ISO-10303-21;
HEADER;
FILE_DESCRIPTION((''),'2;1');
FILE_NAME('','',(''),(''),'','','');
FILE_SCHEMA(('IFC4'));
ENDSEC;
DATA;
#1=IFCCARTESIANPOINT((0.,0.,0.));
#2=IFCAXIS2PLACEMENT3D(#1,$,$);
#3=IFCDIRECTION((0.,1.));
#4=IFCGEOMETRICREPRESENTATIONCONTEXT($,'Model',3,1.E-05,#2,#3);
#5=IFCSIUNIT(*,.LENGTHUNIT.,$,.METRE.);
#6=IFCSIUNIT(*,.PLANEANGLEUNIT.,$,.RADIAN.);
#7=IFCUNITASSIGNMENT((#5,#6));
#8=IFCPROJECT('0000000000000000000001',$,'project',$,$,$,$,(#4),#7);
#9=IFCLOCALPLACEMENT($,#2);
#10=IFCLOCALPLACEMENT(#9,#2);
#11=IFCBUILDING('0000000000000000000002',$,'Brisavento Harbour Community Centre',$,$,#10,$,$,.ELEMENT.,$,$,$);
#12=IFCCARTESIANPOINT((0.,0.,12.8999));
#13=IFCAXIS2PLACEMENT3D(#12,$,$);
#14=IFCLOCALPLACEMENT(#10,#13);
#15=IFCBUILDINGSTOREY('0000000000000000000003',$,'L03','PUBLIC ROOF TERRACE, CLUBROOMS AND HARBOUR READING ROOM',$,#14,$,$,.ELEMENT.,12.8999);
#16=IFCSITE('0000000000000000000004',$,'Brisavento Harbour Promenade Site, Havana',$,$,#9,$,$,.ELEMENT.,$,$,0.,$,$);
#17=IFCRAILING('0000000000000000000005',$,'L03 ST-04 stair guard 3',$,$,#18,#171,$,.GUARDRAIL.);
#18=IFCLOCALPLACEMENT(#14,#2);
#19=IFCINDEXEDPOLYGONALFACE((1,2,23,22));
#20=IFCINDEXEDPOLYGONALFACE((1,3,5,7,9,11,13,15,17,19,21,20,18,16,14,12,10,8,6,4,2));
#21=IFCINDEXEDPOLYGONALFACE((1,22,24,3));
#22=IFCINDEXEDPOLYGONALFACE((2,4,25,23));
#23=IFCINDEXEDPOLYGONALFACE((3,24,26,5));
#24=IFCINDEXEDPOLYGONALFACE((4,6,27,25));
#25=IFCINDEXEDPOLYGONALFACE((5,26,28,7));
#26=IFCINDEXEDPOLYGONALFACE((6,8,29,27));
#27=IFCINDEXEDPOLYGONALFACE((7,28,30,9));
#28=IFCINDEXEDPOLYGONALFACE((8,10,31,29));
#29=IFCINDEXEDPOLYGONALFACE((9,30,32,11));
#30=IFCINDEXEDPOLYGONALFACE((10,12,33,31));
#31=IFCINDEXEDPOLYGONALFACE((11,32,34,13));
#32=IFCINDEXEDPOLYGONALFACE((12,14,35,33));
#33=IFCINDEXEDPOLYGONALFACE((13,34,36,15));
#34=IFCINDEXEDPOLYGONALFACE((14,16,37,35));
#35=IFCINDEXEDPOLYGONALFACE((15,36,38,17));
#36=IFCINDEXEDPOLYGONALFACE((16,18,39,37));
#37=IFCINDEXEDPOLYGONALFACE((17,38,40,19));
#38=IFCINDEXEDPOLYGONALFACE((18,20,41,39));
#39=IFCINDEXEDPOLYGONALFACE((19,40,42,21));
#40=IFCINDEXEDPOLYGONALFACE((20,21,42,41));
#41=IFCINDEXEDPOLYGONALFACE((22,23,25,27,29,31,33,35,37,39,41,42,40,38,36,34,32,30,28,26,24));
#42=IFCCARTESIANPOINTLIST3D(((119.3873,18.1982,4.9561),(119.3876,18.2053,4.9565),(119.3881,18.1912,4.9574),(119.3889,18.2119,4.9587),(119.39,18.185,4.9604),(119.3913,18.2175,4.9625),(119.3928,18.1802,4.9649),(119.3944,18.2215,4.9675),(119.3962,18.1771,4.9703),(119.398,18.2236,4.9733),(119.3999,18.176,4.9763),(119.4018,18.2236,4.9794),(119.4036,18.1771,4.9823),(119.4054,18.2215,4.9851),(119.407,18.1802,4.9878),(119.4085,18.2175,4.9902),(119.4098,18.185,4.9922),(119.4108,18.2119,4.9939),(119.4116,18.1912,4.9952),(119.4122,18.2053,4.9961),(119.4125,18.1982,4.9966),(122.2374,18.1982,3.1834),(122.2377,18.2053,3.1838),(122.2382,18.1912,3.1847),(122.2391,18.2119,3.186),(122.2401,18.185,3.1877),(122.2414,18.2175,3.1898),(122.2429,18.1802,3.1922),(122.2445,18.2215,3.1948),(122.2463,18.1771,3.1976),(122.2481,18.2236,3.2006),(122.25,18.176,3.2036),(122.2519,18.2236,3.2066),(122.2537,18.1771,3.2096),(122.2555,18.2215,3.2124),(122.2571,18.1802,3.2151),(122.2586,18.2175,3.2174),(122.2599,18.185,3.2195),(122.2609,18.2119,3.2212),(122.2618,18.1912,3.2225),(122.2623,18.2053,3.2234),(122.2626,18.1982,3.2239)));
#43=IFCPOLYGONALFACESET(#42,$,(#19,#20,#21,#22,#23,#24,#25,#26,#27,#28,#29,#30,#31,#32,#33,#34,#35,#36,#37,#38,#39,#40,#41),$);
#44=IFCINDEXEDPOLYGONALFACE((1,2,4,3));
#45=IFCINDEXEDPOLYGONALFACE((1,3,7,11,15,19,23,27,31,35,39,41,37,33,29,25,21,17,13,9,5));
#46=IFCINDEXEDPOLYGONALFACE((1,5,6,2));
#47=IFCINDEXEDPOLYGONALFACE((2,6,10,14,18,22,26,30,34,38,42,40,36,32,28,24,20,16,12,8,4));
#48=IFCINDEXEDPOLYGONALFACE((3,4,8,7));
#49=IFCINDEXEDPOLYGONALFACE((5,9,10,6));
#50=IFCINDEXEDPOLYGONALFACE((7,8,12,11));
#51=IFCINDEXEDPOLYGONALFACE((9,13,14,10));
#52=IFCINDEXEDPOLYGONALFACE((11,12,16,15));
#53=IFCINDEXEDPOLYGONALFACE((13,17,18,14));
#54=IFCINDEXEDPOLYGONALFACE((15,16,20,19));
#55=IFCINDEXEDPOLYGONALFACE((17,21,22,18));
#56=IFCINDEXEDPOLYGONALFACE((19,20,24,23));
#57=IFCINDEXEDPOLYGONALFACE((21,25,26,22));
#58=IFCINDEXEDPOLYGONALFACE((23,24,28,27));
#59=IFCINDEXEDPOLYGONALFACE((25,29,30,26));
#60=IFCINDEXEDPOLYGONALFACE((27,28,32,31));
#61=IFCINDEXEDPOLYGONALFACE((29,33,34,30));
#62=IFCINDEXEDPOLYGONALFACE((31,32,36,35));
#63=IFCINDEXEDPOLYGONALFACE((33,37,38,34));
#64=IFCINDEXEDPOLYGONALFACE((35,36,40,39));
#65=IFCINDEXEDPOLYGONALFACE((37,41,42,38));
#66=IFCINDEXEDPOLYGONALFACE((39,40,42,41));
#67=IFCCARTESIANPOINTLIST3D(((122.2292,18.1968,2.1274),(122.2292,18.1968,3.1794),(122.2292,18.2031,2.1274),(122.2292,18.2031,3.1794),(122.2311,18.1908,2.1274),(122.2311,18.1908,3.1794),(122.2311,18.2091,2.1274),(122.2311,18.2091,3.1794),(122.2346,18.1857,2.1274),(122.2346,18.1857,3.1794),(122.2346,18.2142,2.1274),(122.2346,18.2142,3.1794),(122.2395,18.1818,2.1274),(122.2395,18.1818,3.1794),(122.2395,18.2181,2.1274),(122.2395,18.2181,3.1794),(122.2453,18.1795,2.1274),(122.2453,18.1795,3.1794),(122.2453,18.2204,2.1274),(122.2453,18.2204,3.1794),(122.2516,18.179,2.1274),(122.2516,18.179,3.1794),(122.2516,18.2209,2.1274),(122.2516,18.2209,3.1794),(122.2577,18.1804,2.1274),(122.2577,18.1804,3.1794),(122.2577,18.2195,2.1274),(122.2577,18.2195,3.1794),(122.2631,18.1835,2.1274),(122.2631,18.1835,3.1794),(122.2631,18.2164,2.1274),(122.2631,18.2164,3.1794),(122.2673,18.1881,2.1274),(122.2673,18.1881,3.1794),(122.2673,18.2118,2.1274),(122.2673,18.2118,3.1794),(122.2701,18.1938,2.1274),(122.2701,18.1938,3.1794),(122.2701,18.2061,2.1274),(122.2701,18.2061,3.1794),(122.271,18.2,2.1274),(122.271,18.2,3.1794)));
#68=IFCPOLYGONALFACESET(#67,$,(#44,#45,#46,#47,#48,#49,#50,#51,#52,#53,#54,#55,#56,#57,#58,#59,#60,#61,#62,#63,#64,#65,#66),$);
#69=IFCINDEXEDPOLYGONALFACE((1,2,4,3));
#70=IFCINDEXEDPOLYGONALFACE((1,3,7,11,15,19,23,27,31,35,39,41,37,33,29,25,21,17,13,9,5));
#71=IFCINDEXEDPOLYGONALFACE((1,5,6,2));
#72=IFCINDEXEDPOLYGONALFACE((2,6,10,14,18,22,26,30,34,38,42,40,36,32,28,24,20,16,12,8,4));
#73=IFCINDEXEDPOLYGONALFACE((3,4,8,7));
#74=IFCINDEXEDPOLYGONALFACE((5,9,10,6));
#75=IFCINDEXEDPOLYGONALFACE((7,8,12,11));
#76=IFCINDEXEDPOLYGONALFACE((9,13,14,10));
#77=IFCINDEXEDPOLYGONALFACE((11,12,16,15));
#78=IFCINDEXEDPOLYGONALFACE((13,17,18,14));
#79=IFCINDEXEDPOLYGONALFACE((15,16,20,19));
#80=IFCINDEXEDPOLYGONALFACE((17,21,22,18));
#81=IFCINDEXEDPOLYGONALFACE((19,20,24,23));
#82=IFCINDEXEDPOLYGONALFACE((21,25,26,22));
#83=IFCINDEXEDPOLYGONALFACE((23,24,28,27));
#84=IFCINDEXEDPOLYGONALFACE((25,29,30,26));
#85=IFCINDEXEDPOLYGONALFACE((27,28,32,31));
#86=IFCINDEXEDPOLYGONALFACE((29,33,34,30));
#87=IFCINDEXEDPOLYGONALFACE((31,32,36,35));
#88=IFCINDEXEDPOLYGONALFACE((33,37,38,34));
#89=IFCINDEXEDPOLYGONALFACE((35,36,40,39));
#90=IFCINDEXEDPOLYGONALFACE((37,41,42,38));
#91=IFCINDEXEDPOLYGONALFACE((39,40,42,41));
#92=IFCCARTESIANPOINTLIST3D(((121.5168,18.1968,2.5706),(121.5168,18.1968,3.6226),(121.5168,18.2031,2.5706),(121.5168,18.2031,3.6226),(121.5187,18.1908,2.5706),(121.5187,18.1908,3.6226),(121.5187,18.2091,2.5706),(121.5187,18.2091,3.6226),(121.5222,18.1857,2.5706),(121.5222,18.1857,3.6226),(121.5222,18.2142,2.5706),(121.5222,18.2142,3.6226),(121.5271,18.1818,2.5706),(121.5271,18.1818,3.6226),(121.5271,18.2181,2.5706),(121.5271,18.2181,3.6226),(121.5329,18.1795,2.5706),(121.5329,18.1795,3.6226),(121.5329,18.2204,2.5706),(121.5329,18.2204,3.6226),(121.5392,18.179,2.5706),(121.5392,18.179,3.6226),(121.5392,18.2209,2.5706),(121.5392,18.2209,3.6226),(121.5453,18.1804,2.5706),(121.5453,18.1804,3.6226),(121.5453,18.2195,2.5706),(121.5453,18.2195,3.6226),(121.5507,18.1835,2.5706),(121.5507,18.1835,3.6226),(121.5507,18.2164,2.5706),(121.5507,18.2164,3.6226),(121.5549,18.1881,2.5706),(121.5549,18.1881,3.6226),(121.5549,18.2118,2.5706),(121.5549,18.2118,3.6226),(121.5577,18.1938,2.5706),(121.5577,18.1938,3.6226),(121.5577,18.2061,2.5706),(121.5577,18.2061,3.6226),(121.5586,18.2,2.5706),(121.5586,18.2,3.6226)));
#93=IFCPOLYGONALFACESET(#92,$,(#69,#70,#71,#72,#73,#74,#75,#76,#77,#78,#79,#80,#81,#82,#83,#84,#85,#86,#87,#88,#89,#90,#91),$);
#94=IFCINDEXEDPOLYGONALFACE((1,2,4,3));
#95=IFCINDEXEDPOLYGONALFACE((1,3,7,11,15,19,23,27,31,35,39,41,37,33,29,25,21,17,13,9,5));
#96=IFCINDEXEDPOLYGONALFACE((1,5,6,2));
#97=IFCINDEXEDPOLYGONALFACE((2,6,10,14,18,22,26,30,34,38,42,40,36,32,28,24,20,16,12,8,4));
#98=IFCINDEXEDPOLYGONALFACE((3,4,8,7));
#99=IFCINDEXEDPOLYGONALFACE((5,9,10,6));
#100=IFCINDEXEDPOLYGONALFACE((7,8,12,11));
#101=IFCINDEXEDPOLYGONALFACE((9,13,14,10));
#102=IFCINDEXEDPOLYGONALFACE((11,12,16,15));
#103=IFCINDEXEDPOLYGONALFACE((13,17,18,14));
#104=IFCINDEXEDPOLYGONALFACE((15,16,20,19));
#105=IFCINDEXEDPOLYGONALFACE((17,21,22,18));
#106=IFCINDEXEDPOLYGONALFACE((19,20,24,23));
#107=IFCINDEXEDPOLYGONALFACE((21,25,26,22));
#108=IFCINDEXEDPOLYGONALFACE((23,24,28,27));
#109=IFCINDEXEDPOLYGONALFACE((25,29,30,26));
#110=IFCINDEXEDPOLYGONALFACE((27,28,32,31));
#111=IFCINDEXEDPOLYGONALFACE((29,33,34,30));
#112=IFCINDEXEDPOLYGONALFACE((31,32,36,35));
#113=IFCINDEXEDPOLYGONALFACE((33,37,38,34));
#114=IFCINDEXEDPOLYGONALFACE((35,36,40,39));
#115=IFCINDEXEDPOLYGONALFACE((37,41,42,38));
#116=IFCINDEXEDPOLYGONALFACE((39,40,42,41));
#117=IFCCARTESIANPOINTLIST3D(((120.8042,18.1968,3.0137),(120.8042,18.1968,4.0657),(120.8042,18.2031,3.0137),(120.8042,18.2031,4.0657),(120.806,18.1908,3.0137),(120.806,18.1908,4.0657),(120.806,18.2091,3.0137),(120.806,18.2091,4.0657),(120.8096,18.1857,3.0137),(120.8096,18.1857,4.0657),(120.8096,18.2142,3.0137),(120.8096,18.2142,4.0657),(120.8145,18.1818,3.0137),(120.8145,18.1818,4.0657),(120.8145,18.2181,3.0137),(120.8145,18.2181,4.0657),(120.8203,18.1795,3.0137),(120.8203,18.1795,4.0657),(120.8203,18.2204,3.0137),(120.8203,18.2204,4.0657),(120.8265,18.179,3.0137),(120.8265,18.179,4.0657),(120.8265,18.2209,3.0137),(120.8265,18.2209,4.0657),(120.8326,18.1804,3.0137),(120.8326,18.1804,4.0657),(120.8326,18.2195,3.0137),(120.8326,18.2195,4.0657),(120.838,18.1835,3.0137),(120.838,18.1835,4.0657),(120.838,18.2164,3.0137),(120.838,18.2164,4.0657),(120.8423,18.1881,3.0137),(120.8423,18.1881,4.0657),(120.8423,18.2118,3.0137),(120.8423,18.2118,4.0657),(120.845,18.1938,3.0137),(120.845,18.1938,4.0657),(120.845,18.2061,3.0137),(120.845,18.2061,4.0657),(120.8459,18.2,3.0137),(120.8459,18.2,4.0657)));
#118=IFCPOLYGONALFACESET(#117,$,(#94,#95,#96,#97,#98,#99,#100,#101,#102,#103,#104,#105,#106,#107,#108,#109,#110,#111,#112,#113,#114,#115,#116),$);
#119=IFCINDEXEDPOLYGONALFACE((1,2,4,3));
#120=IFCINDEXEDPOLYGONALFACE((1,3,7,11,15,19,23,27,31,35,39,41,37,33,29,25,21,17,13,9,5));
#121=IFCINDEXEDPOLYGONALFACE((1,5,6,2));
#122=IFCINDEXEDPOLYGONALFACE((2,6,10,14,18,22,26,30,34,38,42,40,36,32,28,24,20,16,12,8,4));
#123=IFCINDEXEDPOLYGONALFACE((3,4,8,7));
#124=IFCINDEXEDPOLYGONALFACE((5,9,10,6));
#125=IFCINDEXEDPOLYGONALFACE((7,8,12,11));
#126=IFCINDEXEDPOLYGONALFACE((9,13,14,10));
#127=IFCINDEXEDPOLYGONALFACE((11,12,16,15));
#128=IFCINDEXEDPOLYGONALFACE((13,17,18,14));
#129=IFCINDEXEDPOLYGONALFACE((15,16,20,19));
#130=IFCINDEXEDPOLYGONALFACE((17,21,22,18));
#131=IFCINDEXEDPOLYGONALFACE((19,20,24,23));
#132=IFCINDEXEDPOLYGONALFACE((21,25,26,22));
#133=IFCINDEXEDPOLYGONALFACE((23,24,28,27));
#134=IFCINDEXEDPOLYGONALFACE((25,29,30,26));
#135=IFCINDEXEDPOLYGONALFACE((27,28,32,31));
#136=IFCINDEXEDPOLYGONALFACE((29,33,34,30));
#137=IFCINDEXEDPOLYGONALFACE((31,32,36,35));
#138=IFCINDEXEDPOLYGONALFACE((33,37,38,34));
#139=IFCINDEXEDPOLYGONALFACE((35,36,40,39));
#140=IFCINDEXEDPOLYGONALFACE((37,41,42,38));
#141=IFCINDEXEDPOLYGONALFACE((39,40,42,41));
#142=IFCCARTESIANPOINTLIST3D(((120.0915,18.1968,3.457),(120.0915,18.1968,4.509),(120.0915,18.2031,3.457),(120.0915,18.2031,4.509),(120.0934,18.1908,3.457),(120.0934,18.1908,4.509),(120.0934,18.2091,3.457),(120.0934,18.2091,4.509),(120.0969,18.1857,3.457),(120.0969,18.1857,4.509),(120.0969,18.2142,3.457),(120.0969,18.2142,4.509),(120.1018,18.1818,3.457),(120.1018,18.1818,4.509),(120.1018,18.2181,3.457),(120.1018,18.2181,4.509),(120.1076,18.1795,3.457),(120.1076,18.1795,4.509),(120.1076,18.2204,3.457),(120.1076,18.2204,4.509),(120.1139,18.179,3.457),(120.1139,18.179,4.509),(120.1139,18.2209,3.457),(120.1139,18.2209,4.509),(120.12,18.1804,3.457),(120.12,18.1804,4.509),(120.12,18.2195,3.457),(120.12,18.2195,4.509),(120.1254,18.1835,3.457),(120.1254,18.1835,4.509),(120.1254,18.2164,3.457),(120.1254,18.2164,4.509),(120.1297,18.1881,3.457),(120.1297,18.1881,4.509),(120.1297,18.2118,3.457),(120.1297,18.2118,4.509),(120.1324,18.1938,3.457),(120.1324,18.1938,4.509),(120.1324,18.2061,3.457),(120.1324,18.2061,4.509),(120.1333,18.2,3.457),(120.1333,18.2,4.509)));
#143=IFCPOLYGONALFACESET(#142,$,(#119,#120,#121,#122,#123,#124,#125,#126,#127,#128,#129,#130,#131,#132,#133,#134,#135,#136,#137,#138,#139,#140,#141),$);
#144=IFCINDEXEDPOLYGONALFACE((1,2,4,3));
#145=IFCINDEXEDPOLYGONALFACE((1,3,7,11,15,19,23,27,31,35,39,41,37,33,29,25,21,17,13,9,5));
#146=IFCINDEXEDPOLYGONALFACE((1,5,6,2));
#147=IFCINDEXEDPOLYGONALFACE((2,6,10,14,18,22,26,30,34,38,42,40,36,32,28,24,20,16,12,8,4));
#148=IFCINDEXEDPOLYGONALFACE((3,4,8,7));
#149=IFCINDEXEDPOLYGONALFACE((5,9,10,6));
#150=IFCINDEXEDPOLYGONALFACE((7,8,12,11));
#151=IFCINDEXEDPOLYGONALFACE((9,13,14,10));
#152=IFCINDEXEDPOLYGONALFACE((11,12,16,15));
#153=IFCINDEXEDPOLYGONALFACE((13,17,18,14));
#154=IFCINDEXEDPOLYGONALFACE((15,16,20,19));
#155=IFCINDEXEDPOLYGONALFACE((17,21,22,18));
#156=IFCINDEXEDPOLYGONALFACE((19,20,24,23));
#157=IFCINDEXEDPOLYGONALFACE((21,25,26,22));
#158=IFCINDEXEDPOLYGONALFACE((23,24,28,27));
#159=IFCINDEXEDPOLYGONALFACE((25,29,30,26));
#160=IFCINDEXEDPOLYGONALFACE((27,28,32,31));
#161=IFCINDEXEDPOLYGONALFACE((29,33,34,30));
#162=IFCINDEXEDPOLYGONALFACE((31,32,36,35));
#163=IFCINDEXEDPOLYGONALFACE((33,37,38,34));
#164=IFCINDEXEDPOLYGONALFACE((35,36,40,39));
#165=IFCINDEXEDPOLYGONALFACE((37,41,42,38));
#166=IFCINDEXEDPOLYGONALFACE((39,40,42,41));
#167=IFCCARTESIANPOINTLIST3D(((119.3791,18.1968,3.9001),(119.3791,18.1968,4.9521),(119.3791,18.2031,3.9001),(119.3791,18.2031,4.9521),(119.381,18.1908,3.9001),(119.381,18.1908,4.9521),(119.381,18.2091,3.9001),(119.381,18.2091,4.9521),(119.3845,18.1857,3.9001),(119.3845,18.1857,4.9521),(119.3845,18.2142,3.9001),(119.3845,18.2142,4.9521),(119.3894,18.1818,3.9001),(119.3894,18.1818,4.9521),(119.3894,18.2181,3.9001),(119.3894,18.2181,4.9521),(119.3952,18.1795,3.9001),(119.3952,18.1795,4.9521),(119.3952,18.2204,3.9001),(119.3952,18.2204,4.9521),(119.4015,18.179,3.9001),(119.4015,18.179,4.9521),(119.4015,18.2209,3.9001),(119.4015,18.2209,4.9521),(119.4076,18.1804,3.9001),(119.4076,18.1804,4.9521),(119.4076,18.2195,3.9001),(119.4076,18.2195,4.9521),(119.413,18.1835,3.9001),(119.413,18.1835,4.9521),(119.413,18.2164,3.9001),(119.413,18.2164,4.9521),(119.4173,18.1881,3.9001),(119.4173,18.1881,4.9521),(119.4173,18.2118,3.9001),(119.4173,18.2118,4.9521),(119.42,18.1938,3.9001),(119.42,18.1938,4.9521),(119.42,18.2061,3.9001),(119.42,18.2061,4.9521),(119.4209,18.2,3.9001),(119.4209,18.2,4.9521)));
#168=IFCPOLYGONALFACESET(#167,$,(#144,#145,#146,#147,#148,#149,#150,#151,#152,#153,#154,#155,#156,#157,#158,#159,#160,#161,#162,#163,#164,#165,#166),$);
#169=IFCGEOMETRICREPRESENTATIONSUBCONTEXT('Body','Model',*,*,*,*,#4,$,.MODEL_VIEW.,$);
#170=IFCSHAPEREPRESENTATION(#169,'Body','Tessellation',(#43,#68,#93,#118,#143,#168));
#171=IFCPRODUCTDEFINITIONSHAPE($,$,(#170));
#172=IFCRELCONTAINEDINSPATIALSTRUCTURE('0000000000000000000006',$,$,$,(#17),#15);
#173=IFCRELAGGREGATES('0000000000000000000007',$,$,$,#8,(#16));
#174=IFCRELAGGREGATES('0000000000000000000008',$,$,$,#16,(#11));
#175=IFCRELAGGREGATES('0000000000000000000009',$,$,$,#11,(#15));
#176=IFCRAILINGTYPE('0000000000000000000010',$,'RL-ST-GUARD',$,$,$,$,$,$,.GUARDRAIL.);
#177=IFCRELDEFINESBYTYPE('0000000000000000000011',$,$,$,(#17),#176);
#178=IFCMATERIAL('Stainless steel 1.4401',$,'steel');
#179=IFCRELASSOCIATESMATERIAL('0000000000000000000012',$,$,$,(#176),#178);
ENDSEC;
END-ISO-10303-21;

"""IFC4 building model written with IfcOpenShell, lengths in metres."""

from ifc_helpers import new_model, si_unit, direction, frame, origin, origin_2d, place, context, subcontext, project, spatial, circle, extrude, material, type_object, element, save


model = new_model("IFC4")

# Units and contexts
model_context = context("Model", 3, precision=1e-05, world=origin(), true_north=direction((0.0, 1.0)))
body_context = subcontext(model_context, "Body", "Model", "MODEL_VIEW")
ifc_project = project(units=[si_unit("LENGTHUNIT", "METRE"), si_unit("PLANEANGLEUNIT", "RADIAN")], contexts=[model_context])

# Site, building, storey
site_placement = place(None, origin())
site = spatial("IfcSite", under=ifc_project, at=site_placement, Name="Brisavento Harbour Promenade Site, Havana", CompositionType="ELEMENT", RefElevation=0.0)
building_placement = place(site_placement, origin())
building = spatial("IfcBuilding", under=site, at=building_placement, Name="Brisavento Harbour Community Centre", CompositionType="ELEMENT")
storey_placement = place(building_placement, frame((0.0, 0.0, 12.8999)))
storey = spatial("IfcBuildingStorey", under=building, at=storey_placement, Name="L03", Description="PUBLIC ROOF TERRACE, CLUBROOMS AND HARBOUR READING ROOM", CompositionType="ELEMENT", Elevation=12.8999)

# Railing
ifc_material_1 = material(Name="Stainless steel 1.4401", Category="steel")
railing_type_1 = type_object("IfcRailingType", Name="RL-ST-GUARD", PredefinedType="GUARDRAIL", material=ifc_material_1)
railing_1_placement = place(storey_placement, frame((122.25, 18.2, 2.1274)))
element("IfcRailing", 1, at=railing_1_placement, inside=storey, type_object=railing_type_1, Name="L03 ST-04 stair guard 3", PredefinedType="GUARDRAIL", context=body_context, shape_type="SweptSolid", body=[
    extrude(circle(Radius=0.0239, at=origin_2d()), frame((0.0, 0.0, 1.0762), z_axis=(-0.849149, 0.0, 0.528154), x_axis=(0.0, -1.0, 0.0)), (0.0, 0.0, 1.0), 3.3564),
    extrude(circle(Radius=0.021, at=origin_2d()), origin(), (0.0, 0.0, 1.0), 1.052),
    extrude(circle(Radius=0.021, at=origin_2d()), frame((-0.7124, 0.0, 0.4431)), (0.0, 0.0, 1.0), 1.052),
    extrude(circle(Radius=0.021, at=origin_2d()), frame((-1.425, 0.0, 0.8862)), (0.0, 0.0, 1.0), 1.052),
    extrude(circle(Radius=0.021, at=origin_2d()), frame((-2.1377, 0.0, 1.3296)), (0.0, 0.0, 1.0), 1.052),
    extrude(circle(Radius=0.021, at=origin_2d()), frame((-2.8501, 0.0, 1.7727)), (0.0, 0.0, 1.0), 1.052),
])

save(model, "model.ifc")
